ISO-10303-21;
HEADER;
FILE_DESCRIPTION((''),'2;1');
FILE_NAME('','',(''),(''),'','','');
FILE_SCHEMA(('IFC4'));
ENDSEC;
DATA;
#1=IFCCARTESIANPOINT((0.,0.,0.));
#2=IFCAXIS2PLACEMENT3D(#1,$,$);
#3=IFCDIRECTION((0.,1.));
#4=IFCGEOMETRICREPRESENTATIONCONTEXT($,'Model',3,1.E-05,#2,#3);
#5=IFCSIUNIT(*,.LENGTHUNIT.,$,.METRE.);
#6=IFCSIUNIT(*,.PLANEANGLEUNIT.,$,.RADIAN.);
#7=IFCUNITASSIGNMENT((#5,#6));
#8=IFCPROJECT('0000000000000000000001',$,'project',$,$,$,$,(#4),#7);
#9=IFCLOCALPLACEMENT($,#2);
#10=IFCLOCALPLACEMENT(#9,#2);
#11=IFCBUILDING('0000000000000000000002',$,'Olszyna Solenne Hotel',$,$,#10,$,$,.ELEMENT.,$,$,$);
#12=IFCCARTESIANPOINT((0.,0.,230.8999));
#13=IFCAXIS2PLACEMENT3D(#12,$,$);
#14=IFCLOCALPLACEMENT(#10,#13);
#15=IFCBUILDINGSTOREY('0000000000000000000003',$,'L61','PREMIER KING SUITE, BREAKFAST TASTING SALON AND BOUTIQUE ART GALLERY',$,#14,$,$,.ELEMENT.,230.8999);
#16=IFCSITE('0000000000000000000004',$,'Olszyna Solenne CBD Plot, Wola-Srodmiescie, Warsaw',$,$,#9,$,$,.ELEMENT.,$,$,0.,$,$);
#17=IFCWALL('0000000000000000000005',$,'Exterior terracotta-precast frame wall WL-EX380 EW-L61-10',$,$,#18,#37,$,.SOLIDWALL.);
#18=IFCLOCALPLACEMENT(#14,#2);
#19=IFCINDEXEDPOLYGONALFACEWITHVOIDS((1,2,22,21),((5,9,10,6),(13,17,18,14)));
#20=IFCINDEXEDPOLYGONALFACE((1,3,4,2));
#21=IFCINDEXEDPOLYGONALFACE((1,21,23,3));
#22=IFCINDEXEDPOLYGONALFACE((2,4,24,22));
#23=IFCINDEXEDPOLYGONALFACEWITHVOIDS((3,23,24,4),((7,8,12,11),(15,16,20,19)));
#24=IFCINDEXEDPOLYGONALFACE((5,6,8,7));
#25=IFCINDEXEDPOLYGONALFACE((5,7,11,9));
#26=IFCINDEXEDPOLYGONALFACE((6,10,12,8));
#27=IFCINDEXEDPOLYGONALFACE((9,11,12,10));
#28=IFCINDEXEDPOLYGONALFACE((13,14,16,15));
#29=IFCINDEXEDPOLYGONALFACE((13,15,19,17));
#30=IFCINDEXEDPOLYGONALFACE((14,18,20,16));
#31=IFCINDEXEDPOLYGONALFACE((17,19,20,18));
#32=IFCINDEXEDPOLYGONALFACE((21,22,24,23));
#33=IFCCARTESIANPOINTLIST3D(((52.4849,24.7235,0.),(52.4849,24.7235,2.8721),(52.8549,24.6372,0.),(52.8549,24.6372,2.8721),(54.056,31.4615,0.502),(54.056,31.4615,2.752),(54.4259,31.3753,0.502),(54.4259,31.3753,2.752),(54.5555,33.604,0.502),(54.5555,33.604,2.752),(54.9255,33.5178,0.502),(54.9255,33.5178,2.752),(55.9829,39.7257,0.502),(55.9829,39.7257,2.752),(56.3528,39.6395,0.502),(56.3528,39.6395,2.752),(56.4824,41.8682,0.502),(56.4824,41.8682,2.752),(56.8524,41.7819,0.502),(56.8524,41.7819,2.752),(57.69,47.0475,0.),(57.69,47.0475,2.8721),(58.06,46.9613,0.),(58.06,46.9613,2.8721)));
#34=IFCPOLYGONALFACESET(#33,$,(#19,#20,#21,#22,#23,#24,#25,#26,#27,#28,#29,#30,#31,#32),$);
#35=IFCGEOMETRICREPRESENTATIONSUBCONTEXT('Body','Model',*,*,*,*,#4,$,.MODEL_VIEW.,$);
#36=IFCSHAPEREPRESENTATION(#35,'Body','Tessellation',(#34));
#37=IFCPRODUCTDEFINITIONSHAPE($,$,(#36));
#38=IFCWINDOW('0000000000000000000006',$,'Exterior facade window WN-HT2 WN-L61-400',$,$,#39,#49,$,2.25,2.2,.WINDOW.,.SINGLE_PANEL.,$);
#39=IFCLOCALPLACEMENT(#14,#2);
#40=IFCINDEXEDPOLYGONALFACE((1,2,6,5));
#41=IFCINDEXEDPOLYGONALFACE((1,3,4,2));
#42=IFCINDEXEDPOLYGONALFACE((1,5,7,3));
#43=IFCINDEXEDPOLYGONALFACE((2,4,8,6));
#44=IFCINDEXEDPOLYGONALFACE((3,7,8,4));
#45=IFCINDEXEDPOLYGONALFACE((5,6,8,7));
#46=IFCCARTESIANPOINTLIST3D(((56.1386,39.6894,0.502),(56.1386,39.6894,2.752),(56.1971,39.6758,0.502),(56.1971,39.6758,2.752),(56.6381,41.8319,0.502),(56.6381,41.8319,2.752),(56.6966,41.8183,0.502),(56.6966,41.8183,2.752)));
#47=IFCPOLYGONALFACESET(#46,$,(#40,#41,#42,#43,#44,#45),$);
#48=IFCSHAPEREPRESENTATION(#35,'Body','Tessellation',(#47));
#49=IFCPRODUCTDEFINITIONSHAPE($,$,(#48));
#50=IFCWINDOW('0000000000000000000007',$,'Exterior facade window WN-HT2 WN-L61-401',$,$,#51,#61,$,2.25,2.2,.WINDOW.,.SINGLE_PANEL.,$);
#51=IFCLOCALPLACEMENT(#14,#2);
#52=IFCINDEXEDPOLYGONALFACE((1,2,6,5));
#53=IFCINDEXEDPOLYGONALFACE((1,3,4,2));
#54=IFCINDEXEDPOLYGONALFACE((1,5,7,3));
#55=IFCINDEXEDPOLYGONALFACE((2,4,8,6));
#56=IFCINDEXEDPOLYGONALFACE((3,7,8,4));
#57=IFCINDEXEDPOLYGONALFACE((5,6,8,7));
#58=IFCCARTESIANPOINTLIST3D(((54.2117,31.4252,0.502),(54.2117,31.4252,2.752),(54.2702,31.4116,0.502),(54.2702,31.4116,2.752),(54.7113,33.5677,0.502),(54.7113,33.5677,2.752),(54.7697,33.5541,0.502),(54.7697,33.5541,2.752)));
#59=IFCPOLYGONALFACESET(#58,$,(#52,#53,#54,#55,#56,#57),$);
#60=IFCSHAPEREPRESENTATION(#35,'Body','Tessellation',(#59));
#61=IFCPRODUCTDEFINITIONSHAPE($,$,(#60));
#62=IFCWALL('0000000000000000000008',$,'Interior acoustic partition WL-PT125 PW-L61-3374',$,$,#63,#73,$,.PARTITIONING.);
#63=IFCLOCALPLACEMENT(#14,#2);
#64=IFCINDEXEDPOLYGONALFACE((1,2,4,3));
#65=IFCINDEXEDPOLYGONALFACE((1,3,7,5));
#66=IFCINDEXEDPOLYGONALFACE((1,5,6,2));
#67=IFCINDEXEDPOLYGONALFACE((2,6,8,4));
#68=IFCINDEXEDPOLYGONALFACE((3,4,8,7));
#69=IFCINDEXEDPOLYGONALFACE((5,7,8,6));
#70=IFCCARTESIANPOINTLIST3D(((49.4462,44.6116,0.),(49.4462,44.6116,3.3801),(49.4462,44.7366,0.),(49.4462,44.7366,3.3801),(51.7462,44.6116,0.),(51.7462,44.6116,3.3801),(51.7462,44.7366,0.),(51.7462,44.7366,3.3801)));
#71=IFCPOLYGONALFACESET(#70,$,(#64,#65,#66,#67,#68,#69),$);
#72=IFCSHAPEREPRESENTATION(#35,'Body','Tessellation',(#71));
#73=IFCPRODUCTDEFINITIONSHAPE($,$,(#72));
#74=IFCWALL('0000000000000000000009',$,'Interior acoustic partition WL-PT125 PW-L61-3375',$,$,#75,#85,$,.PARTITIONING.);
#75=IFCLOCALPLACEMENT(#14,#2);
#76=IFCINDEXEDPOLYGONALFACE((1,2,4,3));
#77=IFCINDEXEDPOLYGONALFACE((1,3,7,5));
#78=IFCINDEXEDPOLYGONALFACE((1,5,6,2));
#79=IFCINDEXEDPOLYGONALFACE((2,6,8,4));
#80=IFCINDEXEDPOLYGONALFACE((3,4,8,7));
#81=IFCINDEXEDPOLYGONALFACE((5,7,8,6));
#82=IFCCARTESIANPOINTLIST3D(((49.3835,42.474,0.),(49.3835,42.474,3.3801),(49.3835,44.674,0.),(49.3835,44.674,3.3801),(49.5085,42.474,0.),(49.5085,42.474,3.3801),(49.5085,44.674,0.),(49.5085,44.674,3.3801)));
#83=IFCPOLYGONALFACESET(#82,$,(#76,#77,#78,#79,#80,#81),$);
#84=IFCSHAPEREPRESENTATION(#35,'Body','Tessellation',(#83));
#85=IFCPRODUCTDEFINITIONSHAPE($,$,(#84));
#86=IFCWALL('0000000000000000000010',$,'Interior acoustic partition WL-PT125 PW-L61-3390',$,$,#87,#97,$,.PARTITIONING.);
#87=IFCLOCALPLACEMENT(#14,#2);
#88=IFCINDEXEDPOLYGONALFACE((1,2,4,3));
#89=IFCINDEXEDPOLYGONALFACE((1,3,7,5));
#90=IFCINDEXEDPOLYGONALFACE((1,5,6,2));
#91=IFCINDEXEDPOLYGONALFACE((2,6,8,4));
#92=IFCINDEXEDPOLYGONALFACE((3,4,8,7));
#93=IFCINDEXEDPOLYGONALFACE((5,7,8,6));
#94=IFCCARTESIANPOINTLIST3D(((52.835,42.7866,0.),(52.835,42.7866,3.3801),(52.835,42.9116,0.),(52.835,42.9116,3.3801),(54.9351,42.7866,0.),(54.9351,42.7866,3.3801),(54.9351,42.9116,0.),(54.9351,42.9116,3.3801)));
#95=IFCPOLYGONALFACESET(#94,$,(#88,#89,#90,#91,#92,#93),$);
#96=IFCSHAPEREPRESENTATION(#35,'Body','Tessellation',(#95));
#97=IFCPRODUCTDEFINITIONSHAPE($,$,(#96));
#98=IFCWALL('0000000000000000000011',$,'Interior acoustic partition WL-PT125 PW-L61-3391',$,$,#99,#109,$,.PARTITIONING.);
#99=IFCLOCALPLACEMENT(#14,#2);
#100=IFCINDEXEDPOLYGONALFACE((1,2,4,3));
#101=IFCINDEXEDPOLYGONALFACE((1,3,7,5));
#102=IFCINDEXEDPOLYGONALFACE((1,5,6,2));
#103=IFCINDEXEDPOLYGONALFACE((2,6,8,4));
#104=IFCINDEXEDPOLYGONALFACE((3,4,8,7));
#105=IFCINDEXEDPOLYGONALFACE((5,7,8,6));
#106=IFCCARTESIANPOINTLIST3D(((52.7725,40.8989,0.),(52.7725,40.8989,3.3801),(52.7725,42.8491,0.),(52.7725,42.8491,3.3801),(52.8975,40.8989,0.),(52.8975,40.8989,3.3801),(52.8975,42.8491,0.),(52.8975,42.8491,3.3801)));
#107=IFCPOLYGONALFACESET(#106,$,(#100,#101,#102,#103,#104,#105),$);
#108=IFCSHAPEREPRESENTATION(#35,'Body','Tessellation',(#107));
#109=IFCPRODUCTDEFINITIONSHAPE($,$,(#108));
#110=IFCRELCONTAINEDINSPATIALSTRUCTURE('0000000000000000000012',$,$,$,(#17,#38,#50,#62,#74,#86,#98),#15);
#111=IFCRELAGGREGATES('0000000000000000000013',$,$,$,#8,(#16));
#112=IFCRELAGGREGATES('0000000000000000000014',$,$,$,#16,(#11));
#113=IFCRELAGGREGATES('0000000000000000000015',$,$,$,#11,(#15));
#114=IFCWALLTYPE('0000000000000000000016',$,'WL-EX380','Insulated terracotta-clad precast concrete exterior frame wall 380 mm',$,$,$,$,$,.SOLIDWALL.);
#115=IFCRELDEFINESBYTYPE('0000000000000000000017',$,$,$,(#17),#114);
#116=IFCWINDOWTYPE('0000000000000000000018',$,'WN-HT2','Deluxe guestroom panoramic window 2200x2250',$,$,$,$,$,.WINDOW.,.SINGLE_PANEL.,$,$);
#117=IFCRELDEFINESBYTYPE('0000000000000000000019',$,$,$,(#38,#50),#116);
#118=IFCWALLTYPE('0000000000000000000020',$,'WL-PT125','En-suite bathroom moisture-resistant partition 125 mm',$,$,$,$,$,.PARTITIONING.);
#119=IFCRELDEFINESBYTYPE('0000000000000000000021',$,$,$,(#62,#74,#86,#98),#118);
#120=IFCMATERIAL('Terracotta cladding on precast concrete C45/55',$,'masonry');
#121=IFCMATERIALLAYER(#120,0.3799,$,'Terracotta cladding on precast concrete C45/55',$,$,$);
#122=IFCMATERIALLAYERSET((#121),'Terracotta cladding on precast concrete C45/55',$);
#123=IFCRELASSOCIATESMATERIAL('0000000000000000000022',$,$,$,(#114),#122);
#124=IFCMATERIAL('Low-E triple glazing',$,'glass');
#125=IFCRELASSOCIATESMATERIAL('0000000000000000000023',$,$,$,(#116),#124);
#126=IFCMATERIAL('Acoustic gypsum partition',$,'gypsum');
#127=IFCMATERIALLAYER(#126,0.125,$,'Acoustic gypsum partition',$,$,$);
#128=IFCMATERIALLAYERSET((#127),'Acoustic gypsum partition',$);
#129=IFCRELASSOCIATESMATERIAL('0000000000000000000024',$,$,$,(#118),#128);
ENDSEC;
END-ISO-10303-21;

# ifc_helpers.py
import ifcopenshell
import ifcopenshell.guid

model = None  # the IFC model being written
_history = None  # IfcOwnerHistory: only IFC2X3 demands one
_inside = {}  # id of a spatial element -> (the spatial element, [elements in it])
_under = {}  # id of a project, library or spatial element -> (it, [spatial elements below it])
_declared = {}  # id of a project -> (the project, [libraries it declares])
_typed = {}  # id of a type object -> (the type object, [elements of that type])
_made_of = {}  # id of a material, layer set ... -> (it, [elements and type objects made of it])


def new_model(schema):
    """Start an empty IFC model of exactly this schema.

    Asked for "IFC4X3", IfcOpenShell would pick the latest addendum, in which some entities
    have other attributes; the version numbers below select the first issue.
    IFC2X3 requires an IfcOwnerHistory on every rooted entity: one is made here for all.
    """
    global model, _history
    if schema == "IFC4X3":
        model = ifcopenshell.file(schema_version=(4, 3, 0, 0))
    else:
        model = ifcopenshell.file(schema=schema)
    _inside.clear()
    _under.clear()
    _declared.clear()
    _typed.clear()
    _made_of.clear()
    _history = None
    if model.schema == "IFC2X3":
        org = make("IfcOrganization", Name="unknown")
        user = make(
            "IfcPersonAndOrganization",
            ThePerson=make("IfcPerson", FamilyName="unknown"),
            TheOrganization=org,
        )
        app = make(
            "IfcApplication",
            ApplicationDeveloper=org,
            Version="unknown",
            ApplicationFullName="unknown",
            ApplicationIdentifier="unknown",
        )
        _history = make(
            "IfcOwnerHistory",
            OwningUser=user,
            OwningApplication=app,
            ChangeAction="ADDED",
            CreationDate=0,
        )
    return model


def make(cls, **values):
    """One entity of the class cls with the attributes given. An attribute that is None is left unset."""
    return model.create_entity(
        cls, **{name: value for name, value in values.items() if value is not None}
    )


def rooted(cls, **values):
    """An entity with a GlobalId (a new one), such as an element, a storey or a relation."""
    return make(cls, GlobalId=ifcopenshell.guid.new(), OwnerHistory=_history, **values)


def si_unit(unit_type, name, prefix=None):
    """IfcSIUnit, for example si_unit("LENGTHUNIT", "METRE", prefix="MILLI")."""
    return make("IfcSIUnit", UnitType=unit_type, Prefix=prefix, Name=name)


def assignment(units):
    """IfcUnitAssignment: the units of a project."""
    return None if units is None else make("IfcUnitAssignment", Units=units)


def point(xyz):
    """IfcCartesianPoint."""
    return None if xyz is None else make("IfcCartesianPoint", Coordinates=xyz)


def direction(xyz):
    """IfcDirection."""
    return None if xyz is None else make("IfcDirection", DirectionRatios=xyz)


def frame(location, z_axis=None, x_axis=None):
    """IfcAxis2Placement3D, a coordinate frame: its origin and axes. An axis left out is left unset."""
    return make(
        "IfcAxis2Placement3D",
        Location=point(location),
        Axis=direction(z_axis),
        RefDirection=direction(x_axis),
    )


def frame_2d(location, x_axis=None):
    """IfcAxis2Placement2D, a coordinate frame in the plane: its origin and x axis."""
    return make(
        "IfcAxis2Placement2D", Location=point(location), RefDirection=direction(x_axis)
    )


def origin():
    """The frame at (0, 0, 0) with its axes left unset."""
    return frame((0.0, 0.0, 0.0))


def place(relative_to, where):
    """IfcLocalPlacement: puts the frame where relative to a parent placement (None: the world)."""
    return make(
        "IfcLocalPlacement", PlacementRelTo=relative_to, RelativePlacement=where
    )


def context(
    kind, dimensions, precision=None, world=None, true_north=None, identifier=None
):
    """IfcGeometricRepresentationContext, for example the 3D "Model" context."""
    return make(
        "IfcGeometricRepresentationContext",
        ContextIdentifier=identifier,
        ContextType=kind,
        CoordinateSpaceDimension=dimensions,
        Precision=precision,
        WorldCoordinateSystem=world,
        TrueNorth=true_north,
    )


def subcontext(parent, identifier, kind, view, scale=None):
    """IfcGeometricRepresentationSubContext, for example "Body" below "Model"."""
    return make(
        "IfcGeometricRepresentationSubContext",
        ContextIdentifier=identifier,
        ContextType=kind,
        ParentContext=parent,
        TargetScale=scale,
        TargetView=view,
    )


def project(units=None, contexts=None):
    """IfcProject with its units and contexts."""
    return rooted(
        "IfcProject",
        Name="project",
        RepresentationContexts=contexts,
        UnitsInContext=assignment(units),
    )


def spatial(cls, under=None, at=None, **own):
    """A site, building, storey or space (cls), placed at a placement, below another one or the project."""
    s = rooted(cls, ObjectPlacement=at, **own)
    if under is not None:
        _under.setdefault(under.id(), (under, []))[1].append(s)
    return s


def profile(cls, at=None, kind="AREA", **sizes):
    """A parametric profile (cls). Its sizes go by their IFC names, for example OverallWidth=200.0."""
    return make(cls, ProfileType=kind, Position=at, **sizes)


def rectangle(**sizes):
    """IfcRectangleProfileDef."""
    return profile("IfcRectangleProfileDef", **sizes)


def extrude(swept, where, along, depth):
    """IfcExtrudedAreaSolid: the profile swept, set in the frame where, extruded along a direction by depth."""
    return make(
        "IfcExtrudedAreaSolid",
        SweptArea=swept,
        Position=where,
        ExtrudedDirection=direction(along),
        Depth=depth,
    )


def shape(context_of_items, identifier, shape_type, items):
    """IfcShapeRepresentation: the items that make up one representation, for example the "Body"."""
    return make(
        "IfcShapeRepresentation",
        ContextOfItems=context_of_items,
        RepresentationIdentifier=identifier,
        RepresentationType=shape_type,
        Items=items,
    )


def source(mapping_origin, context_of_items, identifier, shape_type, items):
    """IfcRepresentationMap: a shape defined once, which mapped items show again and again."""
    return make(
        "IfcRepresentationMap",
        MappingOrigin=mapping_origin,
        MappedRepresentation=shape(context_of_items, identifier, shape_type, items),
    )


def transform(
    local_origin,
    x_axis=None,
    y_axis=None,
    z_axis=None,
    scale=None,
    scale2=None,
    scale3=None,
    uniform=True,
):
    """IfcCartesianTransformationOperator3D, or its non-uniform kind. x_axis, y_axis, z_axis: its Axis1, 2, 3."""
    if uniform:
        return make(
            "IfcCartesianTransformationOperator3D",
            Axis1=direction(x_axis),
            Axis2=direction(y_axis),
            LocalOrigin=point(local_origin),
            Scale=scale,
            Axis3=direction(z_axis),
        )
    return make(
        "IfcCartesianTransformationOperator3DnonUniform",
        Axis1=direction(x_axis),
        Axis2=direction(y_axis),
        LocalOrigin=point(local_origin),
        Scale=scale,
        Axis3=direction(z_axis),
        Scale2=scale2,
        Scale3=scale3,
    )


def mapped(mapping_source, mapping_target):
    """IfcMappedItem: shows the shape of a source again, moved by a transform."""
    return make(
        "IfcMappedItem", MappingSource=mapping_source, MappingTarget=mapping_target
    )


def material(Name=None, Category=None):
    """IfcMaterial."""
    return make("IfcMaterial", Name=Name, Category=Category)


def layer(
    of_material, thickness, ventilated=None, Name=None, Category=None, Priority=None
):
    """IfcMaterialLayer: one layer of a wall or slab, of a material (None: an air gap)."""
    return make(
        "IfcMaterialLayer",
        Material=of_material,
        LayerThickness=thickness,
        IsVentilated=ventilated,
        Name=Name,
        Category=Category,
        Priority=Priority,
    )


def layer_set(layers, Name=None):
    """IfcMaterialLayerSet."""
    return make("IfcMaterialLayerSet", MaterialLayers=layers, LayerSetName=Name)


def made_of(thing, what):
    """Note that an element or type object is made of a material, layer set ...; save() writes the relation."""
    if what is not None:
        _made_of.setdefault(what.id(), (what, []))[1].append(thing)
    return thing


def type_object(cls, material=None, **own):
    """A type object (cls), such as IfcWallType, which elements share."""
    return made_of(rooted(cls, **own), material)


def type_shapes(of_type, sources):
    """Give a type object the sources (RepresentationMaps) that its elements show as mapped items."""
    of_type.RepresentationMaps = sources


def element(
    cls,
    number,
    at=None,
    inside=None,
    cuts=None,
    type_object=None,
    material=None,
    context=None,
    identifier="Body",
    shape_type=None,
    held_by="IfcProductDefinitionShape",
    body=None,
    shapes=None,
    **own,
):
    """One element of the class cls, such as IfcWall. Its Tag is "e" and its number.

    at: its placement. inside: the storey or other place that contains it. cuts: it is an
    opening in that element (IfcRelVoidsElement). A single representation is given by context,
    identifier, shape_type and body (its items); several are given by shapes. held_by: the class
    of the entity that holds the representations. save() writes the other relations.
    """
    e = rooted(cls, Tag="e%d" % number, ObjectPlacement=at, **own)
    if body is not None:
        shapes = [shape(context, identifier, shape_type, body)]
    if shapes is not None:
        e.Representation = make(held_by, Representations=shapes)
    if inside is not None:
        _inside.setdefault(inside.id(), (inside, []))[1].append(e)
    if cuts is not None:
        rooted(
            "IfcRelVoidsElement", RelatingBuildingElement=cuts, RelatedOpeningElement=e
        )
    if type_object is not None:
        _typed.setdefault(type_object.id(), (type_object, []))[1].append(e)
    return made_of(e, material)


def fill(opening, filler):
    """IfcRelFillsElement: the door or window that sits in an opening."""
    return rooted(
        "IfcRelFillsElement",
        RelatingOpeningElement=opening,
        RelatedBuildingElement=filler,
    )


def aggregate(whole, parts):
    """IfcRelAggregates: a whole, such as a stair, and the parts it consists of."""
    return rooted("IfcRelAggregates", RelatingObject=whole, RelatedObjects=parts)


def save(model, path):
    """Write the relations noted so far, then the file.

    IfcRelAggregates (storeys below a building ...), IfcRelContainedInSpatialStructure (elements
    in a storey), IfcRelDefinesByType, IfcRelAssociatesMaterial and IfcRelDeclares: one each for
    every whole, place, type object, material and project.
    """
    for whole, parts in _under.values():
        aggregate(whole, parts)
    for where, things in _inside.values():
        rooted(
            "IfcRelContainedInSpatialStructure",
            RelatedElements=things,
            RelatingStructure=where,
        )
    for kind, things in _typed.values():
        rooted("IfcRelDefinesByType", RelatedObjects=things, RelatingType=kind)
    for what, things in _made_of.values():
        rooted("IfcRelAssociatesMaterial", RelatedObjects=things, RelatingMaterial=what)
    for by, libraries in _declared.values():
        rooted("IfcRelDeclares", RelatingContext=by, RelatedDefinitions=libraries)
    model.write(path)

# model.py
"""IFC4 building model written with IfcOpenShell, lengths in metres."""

from ifc_helpers import new_model, si_unit, direction, frame, frame_2d, origin, place, context, subcontext, project, spatial, rectangle, extrude, source, transform, mapped, material, layer, layer_set, type_object, type_shapes, element, fill, save


model = new_model("IFC4")

# Units and contexts
model_context = context("Model", 3, precision=1e-05, world=origin(), true_north=direction((0.0, 1.0)))
body_context = subcontext(model_context, "Body", "Model", "MODEL_VIEW")
ifc_project = project(units=[si_unit("LENGTHUNIT", "METRE"), si_unit("PLANEANGLEUNIT", "RADIAN")], contexts=[model_context])

# Site, building, storey
site_placement = place(None, origin())
site = spatial("IfcSite", under=ifc_project, at=site_placement, Name="Olszyna Solenne CBD Plot, Wola-Srodmiescie, Warsaw", CompositionType="ELEMENT", RefElevation=0.0)
building_placement = place(site_placement, origin())
building = spatial("IfcBuilding", under=site, at=building_placement, Name="Olszyna Solenne Hotel", CompositionType="ELEMENT")
storey_placement = place(building_placement, frame((0.0, 0.0, 230.8999)))
storey = spatial("IfcBuildingStorey", under=building, at=storey_placement, Name="L61", Description="PREMIER KING SUITE, BREAKFAST TASTING SALON AND BOUTIQUE ART GALLERY", CompositionType="ELEMENT", Elevation=230.8999)

# Wall, openings, windows
ifc_material_1 = material(Name="Terracotta cladding on precast concrete C45/55", Category="masonry")
ifc_layer_1 = layer(ifc_material_1, 0.3799, Name="Terracotta cladding on precast concrete C45/55")
ifc_layer_set_1 = layer_set([ifc_layer_1], Name="Terracotta cladding on precast concrete C45/55")
wall_type_1 = type_object("IfcWallType", Name="WL-EX380", Description="Insulated terracotta-clad precast concrete exterior frame wall 380 mm", PredefinedType="SOLIDWALL", material=ifc_layer_set_1)
wall_1_placement = place(storey_placement, frame((57.875, 47.0044, 0.0), z_axis=(0.0, 0.0, 1.0), x_axis=(-0.22707, -0.973878, 0.0)))
wall_1 = element("IfcWall", 1, at=wall_1_placement, inside=storey, type_object=wall_type_1, Name="Exterior terracotta-precast frame wall WL-EX380 EW-L61-10", PredefinedType="SOLIDWALL", context=body_context, shape_type="SweptSolid", body=[
    extrude(rectangle(XDim=22.9229, YDim=0.3799, at=frame_2d((11.4614, 0.0))), origin(), (0.0, 0.0, 1.0), 2.8721),
])
opening_1_placement = place(wall_1_placement, frame((5.3181, 0.0, 0.502)))
opening_1 = element("IfcOpeningElement", 2, at=opening_1_placement, cuts=wall_1, PredefinedType="OPENING", context=body_context, shape_type="SweptSolid", body=[
    extrude(rectangle(XDim=2.2, YDim=2.25, at=frame_2d((1.1001, 1.125))), frame((0.0, 0.2, 0.0), z_axis=(0.0, -1.0, 0.0), x_axis=(1.0, 0.0, 0.0)), (0.0, 0.0, 1.0), 0.3999),
])
opening_2_placement = place(wall_1_placement, frame((13.804, 0.0, 0.502)))
opening_2 = element("IfcOpeningElement", 3, at=opening_2_placement, cuts=wall_1, PredefinedType="OPENING", context=body_context, shape_type="SweptSolid", body=[
    extrude(rectangle(XDim=2.2, YDim=2.25, at=frame_2d((1.1001, 1.125))), frame((0.0, 0.2, 0.0), z_axis=(0.0, -1.0, 0.0), x_axis=(1.0, 0.0, 0.0)), (0.0, 0.0, 1.0), 0.3999),
])
ifc_material_2 = material(Name="Low-E triple glazing", Category="glass")
window_type = type_object("IfcWindowType", Name="WN-HT2", Description="Deluxe guestroom panoramic window 2200x2250", PartitioningType="SINGLE_PANEL", PredefinedType="WINDOW", material=ifc_material_2)
shared_shape_1 = source(origin(), body_context, "Body", "SweptSolid", [
    extrude(rectangle(XDim=2.2, YDim=2.25, at=frame_2d((1.1001, 1.125))), frame((0.0, 0.03, 0.0), z_axis=(0.0, -1.0, 0.0), x_axis=(1.0, 0.0, 0.0)), (0.0, 0.0, 1.0), 0.0601),
])
type_shapes(window_type, [shared_shape_1])
window_1_placement = place(opening_1_placement, origin())
window_1 = element("IfcWindow", 4, at=window_1_placement, inside=storey, type_object=window_type, Name="Exterior facade window WN-HT2 WN-L61-400", OverallHeight=2.25, OverallWidth=2.2, PartitioningType="SINGLE_PANEL", PredefinedType="WINDOW", context=body_context, shape_type="MappedRepresentation", body=[
    mapped(shared_shape_1, transform((0.0, 0.0, 0.0), x_axis=(1.0, 0.0, 0.0), y_axis=(0.0, 1.0, 0.0), z_axis=(0.0, 0.0, 1.0), scale=1.0)),
])
fill(opening_1, window_1)
window_2_placement = place(opening_2_placement, origin())
window_2 = element("IfcWindow", 5, at=window_2_placement, inside=storey, type_object=window_type, Name="Exterior facade window WN-HT2 WN-L61-401", OverallHeight=2.25, OverallWidth=2.2, PartitioningType="SINGLE_PANEL", PredefinedType="WINDOW", context=body_context, shape_type="MappedRepresentation", body=[
    mapped(shared_shape_1, transform((0.0, 0.0, 0.0), x_axis=(1.0, 0.0, 0.0), y_axis=(0.0, 1.0, 0.0), z_axis=(0.0, 0.0, 1.0), scale=1.0)),
])
fill(opening_2, window_2)

# Walls
ifc_material_3 = material(Name="Acoustic gypsum partition", Category="gypsum")
ifc_layer_2 = layer(ifc_material_3, 0.125, Name="Acoustic gypsum partition")
ifc_layer_set_2 = layer_set([ifc_layer_2], Name="Acoustic gypsum partition")
wall_type_2 = type_object("IfcWallType", Name="WL-PT125", Description="En-suite bathroom moisture-resistant partition 125 mm", PredefinedType="PARTITIONING", material=ifc_layer_set_2)
wall_2_placement = place(storey_placement, frame((51.7461, 44.6741, 0.0), z_axis=(0.0, 0.0, 1.0), x_axis=(-1.0, 0.0, 0.0)))
element("IfcWall", 6, at=wall_2_placement, inside=storey, type_object=wall_type_2, Name="Interior acoustic partition WL-PT125 PW-L61-3374", PredefinedType="PARTITIONING", context=body_context, shape_type="SweptSolid", body=[
    extrude(rectangle(XDim=2.3, YDim=0.125, at=frame_2d((1.1499, 0.0))), origin(), (0.0, 0.0, 1.0), 3.3801),
])
wall_3_placement = place(storey_placement, frame((49.446, 44.6741, 0.0), z_axis=(0.0, 0.0, 1.0), x_axis=(0.0, -1.0, 0.0)))
element("IfcWall", 7, at=wall_3_placement, inside=storey, type_object=wall_type_2, Name="Interior acoustic partition WL-PT125 PW-L61-3375", PredefinedType="PARTITIONING", context=body_context, shape_type="SweptSolid", body=[
    extrude(rectangle(XDim=2.2, YDim=0.125, at=frame_2d((1.1001, 0.0))), origin(), (0.0, 0.0, 1.0), 3.3801),
])
wall_4_placement = place(storey_placement, frame((54.9351, 42.8491, 0.0), z_axis=(0.0, 0.0, 1.0), x_axis=(-1.0, 0.0, 0.0)))
element("IfcWall", 8, at=wall_4_placement, inside=storey, type_object=wall_type_2, Name="Interior acoustic partition WL-PT125 PW-L61-3390", PredefinedType="PARTITIONING", context=body_context, shape_type="SweptSolid", body=[
    extrude(rectangle(XDim=2.1001, YDim=0.125, at=frame_2d((1.05, 0.0))), origin(), (0.0, 0.0, 1.0), 3.3801),
])
wall_5_placement = place(storey_placement, frame((52.835, 42.8491, 0.0), z_axis=(0.0, 0.0, 1.0), x_axis=(0.0, -1.0, 0.0)))
element("IfcWall", 9, at=wall_5_placement, inside=storey, type_object=wall_type_2, Name="Interior acoustic partition WL-PT125 PW-L61-3391", PredefinedType="PARTITIONING", context=body_context, shape_type="SweptSolid", body=[
    extrude(rectangle(XDim=1.9502, YDim=0.125, at=frame_2d((0.9751, 0.0))), origin(), (0.0, 0.0, 1.0), 3.3801),
])

save(model, "model.ifc")
